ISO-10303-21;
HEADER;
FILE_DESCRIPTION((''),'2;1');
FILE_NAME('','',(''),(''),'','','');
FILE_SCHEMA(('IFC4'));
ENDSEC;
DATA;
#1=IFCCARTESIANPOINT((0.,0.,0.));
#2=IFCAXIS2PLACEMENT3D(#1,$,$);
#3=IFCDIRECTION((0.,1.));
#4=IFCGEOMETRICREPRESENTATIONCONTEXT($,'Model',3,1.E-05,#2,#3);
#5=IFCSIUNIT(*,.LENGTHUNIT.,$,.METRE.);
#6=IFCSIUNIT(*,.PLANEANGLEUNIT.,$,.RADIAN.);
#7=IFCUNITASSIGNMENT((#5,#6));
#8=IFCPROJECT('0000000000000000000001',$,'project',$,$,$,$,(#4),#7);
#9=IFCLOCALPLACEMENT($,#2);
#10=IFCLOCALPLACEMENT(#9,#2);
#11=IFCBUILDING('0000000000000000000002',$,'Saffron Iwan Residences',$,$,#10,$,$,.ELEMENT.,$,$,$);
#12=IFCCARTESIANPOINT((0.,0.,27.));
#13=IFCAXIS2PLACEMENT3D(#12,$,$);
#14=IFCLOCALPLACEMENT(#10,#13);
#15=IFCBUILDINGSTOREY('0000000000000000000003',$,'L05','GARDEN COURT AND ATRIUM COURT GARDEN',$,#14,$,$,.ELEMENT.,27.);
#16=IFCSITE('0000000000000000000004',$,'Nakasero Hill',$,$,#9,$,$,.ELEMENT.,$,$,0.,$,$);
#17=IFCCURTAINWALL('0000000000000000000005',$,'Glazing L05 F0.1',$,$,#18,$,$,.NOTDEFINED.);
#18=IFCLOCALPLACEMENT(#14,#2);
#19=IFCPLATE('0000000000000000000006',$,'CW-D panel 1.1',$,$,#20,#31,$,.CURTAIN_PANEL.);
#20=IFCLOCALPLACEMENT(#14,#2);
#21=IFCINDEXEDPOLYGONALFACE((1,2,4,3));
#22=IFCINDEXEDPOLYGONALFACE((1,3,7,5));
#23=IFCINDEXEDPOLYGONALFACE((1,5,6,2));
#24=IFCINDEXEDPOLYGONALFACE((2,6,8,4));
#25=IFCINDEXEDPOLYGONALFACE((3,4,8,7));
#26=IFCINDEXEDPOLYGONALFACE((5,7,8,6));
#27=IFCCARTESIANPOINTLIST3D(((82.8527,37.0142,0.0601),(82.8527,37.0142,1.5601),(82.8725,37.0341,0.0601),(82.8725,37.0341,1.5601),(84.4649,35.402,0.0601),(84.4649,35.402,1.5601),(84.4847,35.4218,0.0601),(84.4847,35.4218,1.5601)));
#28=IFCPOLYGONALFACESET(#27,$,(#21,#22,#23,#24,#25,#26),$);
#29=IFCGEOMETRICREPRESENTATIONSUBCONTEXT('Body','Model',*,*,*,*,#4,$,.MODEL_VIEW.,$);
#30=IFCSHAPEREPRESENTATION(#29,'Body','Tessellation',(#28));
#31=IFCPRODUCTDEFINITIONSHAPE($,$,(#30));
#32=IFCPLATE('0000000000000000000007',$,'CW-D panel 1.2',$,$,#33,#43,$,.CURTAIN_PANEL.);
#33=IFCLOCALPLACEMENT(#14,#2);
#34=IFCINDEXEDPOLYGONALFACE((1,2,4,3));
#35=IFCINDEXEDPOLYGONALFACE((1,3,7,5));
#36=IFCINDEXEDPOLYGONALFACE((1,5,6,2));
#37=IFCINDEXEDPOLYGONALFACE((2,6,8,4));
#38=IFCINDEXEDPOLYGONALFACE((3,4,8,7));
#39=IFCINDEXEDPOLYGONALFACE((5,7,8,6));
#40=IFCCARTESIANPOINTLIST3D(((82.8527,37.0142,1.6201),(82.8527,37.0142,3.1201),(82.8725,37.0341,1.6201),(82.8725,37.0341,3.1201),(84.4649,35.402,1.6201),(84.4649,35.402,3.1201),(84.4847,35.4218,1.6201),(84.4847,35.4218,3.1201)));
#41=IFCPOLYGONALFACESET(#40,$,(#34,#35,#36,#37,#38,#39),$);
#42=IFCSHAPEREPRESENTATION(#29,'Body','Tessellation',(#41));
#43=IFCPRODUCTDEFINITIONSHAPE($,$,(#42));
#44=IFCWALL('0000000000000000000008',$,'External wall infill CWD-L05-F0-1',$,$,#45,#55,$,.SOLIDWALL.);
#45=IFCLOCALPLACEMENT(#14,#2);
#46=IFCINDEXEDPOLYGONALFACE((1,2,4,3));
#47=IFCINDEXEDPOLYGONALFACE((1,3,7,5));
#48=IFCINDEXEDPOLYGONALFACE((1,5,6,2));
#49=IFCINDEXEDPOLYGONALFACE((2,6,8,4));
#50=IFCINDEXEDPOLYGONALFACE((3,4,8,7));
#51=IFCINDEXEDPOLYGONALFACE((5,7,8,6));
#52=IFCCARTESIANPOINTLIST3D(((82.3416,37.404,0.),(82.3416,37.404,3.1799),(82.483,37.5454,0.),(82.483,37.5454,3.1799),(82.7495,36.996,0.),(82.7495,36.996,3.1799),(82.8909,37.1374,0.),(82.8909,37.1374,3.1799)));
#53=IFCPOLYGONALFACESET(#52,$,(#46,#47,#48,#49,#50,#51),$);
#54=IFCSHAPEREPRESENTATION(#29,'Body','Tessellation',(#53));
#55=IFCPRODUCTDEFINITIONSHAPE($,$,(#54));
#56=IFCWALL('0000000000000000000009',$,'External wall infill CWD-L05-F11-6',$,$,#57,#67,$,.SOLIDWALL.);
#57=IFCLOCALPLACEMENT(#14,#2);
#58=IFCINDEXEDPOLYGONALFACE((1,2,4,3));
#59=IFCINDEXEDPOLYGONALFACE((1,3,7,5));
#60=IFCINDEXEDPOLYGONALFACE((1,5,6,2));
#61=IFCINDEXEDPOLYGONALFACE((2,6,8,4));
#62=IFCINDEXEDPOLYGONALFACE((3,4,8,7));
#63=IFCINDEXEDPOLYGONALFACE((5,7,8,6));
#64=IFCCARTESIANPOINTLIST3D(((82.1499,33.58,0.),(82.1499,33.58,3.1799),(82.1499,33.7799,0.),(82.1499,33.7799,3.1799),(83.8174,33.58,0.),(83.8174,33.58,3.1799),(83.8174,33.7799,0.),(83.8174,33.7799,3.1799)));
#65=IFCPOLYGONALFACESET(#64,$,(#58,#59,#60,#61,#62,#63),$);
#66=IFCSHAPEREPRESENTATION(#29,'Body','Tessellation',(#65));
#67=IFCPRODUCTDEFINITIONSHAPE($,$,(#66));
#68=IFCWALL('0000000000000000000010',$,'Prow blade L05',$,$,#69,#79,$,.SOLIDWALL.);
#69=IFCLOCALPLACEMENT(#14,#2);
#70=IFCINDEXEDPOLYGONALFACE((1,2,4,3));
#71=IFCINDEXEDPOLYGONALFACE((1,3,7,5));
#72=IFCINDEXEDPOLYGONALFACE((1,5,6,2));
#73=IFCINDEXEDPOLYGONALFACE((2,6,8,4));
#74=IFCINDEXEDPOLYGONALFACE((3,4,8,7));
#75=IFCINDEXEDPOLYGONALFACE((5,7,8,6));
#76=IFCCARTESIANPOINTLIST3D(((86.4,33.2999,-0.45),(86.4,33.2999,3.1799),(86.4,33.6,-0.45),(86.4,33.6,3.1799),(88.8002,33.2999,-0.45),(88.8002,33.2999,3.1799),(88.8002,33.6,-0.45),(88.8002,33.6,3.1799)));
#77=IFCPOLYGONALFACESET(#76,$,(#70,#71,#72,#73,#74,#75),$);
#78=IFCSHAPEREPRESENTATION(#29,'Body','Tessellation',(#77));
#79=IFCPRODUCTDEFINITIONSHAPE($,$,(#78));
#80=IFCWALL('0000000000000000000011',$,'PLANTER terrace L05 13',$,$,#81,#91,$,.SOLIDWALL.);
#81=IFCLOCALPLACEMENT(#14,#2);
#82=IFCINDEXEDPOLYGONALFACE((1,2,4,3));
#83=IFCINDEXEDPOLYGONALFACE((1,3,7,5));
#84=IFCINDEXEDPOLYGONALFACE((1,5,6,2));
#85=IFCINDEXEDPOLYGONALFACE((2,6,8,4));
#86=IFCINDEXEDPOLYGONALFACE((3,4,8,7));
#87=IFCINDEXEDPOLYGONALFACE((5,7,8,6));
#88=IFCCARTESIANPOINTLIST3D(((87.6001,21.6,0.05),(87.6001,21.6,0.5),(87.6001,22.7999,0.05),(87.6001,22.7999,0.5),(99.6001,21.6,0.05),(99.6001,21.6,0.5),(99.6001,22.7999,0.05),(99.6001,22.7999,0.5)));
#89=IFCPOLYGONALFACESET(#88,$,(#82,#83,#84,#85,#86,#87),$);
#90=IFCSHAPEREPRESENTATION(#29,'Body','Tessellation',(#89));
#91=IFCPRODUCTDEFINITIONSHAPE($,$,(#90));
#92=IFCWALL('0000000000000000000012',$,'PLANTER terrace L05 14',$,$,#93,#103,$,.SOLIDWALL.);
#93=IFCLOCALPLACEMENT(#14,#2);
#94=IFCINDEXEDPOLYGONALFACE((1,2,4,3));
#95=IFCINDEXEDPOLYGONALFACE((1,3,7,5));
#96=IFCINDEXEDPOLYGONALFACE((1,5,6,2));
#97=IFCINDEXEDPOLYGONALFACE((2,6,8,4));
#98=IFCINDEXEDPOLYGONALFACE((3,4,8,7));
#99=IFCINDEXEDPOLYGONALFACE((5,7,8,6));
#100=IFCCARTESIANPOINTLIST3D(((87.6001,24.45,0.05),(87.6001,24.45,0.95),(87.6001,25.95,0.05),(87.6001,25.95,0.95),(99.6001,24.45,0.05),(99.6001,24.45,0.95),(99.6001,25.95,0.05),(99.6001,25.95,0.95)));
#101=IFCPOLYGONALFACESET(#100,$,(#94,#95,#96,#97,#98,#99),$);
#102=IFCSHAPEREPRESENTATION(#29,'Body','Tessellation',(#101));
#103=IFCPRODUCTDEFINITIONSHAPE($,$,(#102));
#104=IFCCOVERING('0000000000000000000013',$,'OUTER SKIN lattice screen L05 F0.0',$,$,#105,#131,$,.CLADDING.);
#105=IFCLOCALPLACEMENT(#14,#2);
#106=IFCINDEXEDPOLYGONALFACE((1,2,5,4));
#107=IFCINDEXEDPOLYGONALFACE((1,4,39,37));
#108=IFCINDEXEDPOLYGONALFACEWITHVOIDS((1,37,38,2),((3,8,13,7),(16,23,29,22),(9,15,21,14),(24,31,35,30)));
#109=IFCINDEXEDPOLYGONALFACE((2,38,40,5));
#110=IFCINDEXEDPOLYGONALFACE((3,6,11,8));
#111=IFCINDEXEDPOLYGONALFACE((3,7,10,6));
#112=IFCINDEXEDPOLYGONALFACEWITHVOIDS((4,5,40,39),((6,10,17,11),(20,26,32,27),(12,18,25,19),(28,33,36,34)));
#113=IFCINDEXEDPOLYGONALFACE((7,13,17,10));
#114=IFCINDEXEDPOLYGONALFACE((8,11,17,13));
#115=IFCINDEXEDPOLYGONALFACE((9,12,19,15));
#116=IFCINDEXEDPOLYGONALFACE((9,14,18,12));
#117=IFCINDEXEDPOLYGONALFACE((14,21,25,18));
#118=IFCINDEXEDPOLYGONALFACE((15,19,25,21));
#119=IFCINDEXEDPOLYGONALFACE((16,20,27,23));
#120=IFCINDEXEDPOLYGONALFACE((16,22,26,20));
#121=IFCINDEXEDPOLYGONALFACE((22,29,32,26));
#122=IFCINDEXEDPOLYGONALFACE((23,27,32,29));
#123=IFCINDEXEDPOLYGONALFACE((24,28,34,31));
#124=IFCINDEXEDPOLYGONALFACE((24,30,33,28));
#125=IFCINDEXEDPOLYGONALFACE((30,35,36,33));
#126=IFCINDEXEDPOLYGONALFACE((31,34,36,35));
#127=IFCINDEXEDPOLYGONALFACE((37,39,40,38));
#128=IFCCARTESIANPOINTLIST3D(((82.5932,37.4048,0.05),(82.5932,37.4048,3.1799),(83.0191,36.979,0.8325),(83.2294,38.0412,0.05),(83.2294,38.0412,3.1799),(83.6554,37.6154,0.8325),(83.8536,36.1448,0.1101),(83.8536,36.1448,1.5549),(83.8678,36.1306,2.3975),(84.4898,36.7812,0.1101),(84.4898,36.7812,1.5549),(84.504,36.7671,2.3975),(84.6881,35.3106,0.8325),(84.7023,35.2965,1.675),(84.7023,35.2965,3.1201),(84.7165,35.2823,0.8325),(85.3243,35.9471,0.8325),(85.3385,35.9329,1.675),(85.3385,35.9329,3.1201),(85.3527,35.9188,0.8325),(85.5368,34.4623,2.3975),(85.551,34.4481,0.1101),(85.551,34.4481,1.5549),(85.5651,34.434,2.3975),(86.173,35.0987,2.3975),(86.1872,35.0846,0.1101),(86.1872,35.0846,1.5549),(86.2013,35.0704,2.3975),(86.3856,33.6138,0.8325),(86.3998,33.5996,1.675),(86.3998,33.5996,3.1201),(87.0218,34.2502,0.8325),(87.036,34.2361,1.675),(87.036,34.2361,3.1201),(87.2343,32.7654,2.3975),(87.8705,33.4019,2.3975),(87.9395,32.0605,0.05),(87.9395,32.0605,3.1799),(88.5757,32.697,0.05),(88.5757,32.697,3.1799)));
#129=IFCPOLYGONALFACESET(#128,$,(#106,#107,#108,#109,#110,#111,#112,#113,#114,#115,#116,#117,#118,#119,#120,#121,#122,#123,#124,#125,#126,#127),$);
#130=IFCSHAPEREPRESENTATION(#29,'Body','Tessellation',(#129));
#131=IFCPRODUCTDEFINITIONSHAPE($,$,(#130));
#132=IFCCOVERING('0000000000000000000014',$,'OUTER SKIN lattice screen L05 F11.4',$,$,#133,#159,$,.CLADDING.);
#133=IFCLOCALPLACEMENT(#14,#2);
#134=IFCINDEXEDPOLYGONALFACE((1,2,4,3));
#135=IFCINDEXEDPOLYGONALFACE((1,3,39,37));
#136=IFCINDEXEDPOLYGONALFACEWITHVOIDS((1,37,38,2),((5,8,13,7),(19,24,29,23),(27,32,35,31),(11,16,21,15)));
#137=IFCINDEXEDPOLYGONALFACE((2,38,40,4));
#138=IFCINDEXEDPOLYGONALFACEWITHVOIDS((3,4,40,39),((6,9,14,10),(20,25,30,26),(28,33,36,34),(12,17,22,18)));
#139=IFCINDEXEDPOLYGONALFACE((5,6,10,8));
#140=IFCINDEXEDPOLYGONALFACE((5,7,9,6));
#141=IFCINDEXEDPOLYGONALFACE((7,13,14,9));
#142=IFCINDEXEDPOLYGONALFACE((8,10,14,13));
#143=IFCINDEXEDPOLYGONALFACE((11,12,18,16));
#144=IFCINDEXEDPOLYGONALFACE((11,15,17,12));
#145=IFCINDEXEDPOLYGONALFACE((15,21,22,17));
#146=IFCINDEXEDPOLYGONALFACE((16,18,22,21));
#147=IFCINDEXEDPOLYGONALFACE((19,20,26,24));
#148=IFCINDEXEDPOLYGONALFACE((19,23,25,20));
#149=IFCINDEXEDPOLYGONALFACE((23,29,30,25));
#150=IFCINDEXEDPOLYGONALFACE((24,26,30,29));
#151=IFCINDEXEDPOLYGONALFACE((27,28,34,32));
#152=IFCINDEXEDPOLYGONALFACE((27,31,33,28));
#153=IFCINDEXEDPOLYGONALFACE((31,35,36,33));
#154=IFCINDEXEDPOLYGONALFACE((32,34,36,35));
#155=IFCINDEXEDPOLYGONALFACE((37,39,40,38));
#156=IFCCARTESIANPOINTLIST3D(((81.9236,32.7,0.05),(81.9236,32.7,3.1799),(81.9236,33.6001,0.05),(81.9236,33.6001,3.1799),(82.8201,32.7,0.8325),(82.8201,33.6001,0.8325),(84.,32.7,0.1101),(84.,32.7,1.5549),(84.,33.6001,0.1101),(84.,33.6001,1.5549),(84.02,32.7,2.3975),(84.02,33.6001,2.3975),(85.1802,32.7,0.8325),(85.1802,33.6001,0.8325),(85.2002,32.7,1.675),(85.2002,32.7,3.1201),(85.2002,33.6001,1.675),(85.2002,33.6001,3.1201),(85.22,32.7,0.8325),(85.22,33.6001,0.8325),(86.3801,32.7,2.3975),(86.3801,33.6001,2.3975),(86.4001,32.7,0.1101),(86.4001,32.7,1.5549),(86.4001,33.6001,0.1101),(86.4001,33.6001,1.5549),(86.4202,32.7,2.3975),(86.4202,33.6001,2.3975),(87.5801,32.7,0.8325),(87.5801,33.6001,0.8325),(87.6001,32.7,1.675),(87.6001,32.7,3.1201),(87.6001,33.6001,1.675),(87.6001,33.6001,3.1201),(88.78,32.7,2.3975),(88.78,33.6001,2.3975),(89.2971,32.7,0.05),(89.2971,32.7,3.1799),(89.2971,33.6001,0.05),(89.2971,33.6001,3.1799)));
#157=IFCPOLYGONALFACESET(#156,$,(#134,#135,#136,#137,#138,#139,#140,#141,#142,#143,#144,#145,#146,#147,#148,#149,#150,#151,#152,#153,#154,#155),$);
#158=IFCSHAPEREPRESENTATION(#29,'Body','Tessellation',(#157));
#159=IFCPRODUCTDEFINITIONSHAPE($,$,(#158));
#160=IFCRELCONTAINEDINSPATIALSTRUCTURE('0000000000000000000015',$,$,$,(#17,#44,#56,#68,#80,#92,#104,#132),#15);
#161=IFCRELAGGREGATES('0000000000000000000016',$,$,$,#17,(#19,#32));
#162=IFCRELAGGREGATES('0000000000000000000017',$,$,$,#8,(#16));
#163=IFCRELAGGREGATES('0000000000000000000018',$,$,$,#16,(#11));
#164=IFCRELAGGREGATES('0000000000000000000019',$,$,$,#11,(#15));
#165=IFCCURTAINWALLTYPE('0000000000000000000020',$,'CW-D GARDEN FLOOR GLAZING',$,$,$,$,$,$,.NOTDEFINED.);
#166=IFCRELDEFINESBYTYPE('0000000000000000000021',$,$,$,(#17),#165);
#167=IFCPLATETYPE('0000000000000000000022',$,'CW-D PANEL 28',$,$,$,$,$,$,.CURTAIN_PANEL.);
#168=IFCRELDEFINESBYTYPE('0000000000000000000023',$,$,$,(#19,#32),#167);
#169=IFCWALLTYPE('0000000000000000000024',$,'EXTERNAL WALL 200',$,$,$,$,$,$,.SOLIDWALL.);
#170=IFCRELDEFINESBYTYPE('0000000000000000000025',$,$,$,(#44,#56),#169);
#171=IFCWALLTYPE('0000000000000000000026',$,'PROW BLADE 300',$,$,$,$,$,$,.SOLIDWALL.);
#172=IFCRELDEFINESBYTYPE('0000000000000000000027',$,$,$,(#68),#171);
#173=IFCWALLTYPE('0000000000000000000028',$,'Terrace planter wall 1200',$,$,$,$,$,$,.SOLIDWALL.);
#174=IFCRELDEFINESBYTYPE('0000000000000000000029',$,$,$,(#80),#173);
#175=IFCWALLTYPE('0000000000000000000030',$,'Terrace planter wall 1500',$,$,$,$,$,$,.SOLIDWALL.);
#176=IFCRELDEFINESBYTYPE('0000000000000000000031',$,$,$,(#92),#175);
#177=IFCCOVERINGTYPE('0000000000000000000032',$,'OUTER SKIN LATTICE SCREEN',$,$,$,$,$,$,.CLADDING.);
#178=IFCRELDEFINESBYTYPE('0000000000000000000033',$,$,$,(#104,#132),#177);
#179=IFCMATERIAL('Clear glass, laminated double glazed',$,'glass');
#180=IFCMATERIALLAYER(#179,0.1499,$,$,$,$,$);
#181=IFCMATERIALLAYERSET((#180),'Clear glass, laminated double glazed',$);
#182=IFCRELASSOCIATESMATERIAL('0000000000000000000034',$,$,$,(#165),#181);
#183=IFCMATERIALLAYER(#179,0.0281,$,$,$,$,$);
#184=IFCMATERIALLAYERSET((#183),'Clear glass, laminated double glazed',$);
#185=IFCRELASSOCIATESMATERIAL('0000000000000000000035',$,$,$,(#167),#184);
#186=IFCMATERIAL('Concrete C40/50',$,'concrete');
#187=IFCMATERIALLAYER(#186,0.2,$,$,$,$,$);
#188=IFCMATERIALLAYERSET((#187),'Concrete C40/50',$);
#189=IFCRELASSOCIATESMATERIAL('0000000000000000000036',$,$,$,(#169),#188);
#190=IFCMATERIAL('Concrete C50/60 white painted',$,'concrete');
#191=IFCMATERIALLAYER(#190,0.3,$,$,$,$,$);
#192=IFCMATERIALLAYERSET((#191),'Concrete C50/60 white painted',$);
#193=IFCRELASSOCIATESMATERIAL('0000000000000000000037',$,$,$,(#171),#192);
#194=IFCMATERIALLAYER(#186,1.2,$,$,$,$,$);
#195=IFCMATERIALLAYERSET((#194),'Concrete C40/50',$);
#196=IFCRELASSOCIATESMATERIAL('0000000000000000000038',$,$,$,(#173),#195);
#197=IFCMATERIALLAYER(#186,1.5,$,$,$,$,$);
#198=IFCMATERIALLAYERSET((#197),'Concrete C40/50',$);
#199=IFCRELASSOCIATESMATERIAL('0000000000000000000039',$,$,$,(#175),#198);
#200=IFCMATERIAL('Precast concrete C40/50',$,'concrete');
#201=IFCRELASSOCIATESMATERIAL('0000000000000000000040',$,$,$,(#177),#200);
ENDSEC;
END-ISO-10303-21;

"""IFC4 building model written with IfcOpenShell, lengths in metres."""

from ifc_helpers import new_model, si_unit, direction, frame, frame_2d, origin, origin_2d, place, context, subcontext, project, spatial, polyline, rectangle, outline, extrude, source, transform, mapped, material, layer, layer_set, type_object, element, aggregate, save


model = new_model("IFC4")

# Units and contexts
model_context = context("Model", 3, precision=1e-05, world=origin(), true_north=direction((0.0, 1.0)))
body_context = subcontext(model_context, "Body", "Model", "MODEL_VIEW")
ifc_project = project(units=[si_unit("LENGTHUNIT", "METRE"), si_unit("PLANEANGLEUNIT", "RADIAN")], contexts=[model_context])

# Site, building, storey
site_placement = place(None, origin())
site = spatial("IfcSite", under=ifc_project, at=site_placement, Name="Nakasero Hill", CompositionType="ELEMENT", RefElevation=0.0)
building_placement = place(site_placement, origin())
building = spatial("IfcBuilding", under=site, at=building_placement, Name="Saffron Iwan Residences", CompositionType="ELEMENT")
storey_placement = place(building_placement, frame((0.0, 0.0, 27.0)))
storey = spatial("IfcBuildingStorey", under=building, at=storey_placement, Name="L05", Description="GARDEN COURT AND ATRIUM COURT GARDEN", CompositionType="ELEMENT", Elevation=27.0)

# Curtain wall
ifc_material_1 = material(Name="Clear glass, laminated double glazed", Category="glass")
ifc_layer_1 = layer(ifc_material_1, 0.1499)
ifc_layer_set_1 = layer_set([ifc_layer_1], Name="Clear glass, laminated double glazed")
curtain_wall_type = type_object("IfcCurtainWallType", Name="CW-D GARDEN FLOOR GLAZING", PredefinedType="NOTDEFINED", material=ifc_layer_set_1)
curtain_wall_1_placement = place(storey_placement, origin())
curtain_wall_1 = element("IfcCurtainWall", 1, at=curtain_wall_1_placement, inside=storey, type_object=curtain_wall_type, Name="Glazing L05 F0.1", PredefinedType="NOTDEFINED")

# Plates
ifc_layer_2 = layer(ifc_material_1, 0.0281)
ifc_layer_set_2 = layer_set([ifc_layer_2], Name="Clear glass, laminated double glazed")
plate_type = type_object("IfcPlateType", Name="CW-D PANEL 28", PredefinedType="CURTAIN_PANEL", material=ifc_layer_set_2)
shared_shape_1 = source(origin(), body_context, "Body", "SweptSolid", [
    extrude(rectangle(XDim=2.28, YDim=0.0281, at=origin_2d()), origin(), (0.0, 0.0, 1.0), 1.5),
])
plate_1_placement = place(storey_placement, frame((83.6687, 36.218, 0.0601), z_axis=(0.0, 0.0, 1.0), x_axis=(-0.707107, 0.707107, 0.0)))
plate_1 = element("IfcPlate", 2, at=plate_1_placement, type_object=plate_type, Name="CW-D panel 1.1", PredefinedType="CURTAIN_PANEL", context=body_context, shape_type="MappedRepresentation", body=[
    mapped(shared_shape_1, transform((0.0, 0.0, 0.0))),
])
plate_2_placement = place(storey_placement, frame((83.6687, 36.218, 1.6201), z_axis=(0.0, 0.0, 1.0), x_axis=(-0.707107, 0.707107, 0.0)))
plate_2 = element("IfcPlate", 3, at=plate_2_placement, type_object=plate_type, Name="CW-D panel 1.2", PredefinedType="CURTAIN_PANEL", context=body_context, shape_type="MappedRepresentation", body=[
    mapped(shared_shape_1, transform((0.0, 0.0, 0.0))),
])
aggregate(curtain_wall_1, [plate_1, plate_2])

# Walls
ifc_material_2 = material(Name="Concrete C40/50", Category="concrete")
ifc_layer_3 = layer(ifc_material_2, 0.2)
ifc_layer_set_3 = layer_set([ifc_layer_3], Name="Concrete C40/50")
wall_type_1 = type_object("IfcWallType", Name="EXTERNAL WALL 200", PredefinedType="SOLIDWALL", material=ifc_layer_set_3)
wall_1_placement = place(storey_placement, frame((82.8203, 37.0667, 0.0), z_axis=(0.0, 0.0, 1.0), x_axis=(-0.707107, 0.707107, 0.0)))
element("IfcWall", 4, at=wall_1_placement, inside=storey, type_object=wall_type_1, Name="External wall infill CWD-L05-F0-1", PredefinedType="SOLIDWALL", context=body_context, shape_type="SweptSolid", body=[
    extrude(rectangle(XDim=0.5769, YDim=0.2, at=frame_2d((0.2886, 0.0))), origin(), (0.0, 0.0, 1.0), 3.1799),
])
wall_2_placement = place(storey_placement, frame((82.1499, 33.6799, 0.0), z_axis=(0.0, 0.0, 1.0), x_axis=(1.0, 0.0, 0.0)))
element("IfcWall", 5, at=wall_2_placement, inside=storey, type_object=wall_type_1, Name="External wall infill CWD-L05-F11-6", PredefinedType="SOLIDWALL", context=body_context, shape_type="SweptSolid", body=[
    extrude(rectangle(XDim=1.6675, YDim=0.2, at=frame_2d((0.8337, 0.0))), origin(), (0.0, 0.0, 1.0), 3.1799),
])
ifc_material_3 = material(Name="Concrete C50/60 white painted", Category="concrete")
ifc_layer_4 = layer(ifc_material_3, 0.3)
ifc_layer_set_4 = layer_set([ifc_layer_4], Name="Concrete C50/60 white painted")
wall_type_2 = type_object("IfcWallType", Name="PROW BLADE 300", PredefinedType="SOLIDWALL", material=ifc_layer_set_4)
wall_3_placement = place(storey_placement, frame((86.3999, 33.45, -0.45), z_axis=(0.0, 0.0, 1.0), x_axis=(1.0, 0.0, 0.0)))
element("IfcWall", 6, at=wall_3_placement, inside=storey, type_object=wall_type_2, Name="Prow blade L05", PredefinedType="SOLIDWALL", context=body_context, shape_type="SweptSolid", body=[
    extrude(rectangle(XDim=2.4001, YDim=0.3, at=frame_2d((1.2002, 0.0))), origin(), (0.0, 0.0, 1.0), 3.6299),
])
ifc_layer_5 = layer(ifc_material_2, 1.2)
ifc_layer_set_5 = layer_set([ifc_layer_5], Name="Concrete C40/50")
wall_type_3 = type_object("IfcWallType", Name="Terrace planter wall 1200", PredefinedType="SOLIDWALL", material=ifc_layer_set_5)
wall_4_placement = place(storey_placement, frame((87.6001, 22.2, 0.05), z_axis=(0.0, 0.0, 1.0), x_axis=(1.0, 0.0, 0.0)))
element("IfcWall", 7, at=wall_4_placement, inside=storey, type_object=wall_type_3, Name="PLANTER terrace L05 13", PredefinedType="SOLIDWALL", context=body_context, shape_type="SweptSolid", body=[
    extrude(rectangle(XDim=12.0, YDim=1.2, at=frame_2d((6.0, 0.0))), origin(), (0.0, 0.0, 1.0), 0.45),
])
ifc_layer_6 = layer(ifc_material_2, 1.5)
ifc_layer_set_6 = layer_set([ifc_layer_6], Name="Concrete C40/50")
wall_type_4 = type_object("IfcWallType", Name="Terrace planter wall 1500", PredefinedType="SOLIDWALL", material=ifc_layer_set_6)
wall_5_placement = place(storey_placement, frame((87.6001, 25.2, 0.05), z_axis=(0.0, 0.0, 1.0), x_axis=(1.0, 0.0, 0.0)))
element("IfcWall", 8, at=wall_5_placement, inside=storey, type_object=wall_type_4, Name="PLANTER terrace L05 14", PredefinedType="SOLIDWALL", context=body_context, shape_type="SweptSolid", body=[
    extrude(rectangle(XDim=12.0, YDim=1.5, at=frame_2d((6.0, 0.0))), origin(), (0.0, 0.0, 1.0), 0.8999),
])

# Coverings
ifc_material_4 = material(Name="Precast concrete C40/50", Category="concrete")
covering_type = type_object("IfcCoveringType", Name="OUTER SKIN LATTICE SCREEN", PredefinedType="CLADDING", material=ifc_material_4)
covering_1_placement = place(storey_placement, frame((87.9395, 32.0605, 0.05), z_axis=(0.706971, 0.707242, 0.0), x_axis=(-0.707242, 0.706971, 0.0)))
element("IfcCovering", 9, at=covering_1_placement, inside=storey, type_object=covering_type, Name="OUTER SKIN lattice screen L05 F0.0", PredefinedType="CLADDING", context=body_context, shape_type="SweptSolid", body=[
    extrude(outline(polyline([(0.0, 0.0), (7.5593, 0.0), (7.5593, 3.1299), (0.0, 3.1299), (0.0, 0.0)]), holes=[polyline([(2.197, 0.7825), (3.3772, 0.0601), (4.5571, 0.7825), (3.3772, 1.5049), (2.197, 0.7825)]), polyline([(4.5972, 0.7825), (5.7771, 0.0601), (6.957, 0.7825), (5.7771, 1.5049), (4.5972, 0.7825)]), polyline([(0.9971, 2.3474), (2.177, 1.625), (3.3572, 2.3474), (2.177, 3.0701), (0.9971, 2.3474)]), polyline([(3.3972, 2.3474), (4.5771, 1.625), (5.7571, 2.3474), (4.5771, 3.0701), (3.3972, 2.3474)])]), origin(), (0.0, 0.0, 1.0), 0.8999),
])
covering_2_placement = place(storey_placement, frame((81.9236, 33.6001, 0.05), z_axis=(0.0, -1.0, 0.0), x_axis=(1.0, 0.0, 0.0)))
element("IfcCovering", 10, at=covering_2_placement, inside=storey, type_object=covering_type, Name="OUTER SKIN lattice screen L05 F11.4", PredefinedType="CLADDING", context=body_context, shape_type="SweptSolid", body=[
    extrude(outline(polyline([(0.0, 0.0), (7.3735, 0.0), (7.3735, 3.1299), (0.0, 3.1299), (0.0, 0.0)]), holes=[polyline([(0.8965, 0.7825), (2.0764, 0.0601), (3.2566, 0.7825), (2.0764, 1.5049), (0.8965, 0.7825)]), polyline([(3.2964, 0.7825), (4.4766, 0.0601), (5.6565, 0.7825), (4.4766, 1.5049), (3.2964, 0.7825)]), polyline([(2.0964, 2.3474), (3.2766, 1.625), (4.4565, 2.3474), (3.2766, 3.0701), (2.0964, 2.3474)]), polyline([(4.4966, 2.3474), (5.6765, 1.625), (6.8564, 2.3474), (5.6765, 3.0701), (4.4966, 2.3474)])]), origin(), (0.0, 0.0, 1.0), 0.9001),
])

save(model, "model.ifc")
